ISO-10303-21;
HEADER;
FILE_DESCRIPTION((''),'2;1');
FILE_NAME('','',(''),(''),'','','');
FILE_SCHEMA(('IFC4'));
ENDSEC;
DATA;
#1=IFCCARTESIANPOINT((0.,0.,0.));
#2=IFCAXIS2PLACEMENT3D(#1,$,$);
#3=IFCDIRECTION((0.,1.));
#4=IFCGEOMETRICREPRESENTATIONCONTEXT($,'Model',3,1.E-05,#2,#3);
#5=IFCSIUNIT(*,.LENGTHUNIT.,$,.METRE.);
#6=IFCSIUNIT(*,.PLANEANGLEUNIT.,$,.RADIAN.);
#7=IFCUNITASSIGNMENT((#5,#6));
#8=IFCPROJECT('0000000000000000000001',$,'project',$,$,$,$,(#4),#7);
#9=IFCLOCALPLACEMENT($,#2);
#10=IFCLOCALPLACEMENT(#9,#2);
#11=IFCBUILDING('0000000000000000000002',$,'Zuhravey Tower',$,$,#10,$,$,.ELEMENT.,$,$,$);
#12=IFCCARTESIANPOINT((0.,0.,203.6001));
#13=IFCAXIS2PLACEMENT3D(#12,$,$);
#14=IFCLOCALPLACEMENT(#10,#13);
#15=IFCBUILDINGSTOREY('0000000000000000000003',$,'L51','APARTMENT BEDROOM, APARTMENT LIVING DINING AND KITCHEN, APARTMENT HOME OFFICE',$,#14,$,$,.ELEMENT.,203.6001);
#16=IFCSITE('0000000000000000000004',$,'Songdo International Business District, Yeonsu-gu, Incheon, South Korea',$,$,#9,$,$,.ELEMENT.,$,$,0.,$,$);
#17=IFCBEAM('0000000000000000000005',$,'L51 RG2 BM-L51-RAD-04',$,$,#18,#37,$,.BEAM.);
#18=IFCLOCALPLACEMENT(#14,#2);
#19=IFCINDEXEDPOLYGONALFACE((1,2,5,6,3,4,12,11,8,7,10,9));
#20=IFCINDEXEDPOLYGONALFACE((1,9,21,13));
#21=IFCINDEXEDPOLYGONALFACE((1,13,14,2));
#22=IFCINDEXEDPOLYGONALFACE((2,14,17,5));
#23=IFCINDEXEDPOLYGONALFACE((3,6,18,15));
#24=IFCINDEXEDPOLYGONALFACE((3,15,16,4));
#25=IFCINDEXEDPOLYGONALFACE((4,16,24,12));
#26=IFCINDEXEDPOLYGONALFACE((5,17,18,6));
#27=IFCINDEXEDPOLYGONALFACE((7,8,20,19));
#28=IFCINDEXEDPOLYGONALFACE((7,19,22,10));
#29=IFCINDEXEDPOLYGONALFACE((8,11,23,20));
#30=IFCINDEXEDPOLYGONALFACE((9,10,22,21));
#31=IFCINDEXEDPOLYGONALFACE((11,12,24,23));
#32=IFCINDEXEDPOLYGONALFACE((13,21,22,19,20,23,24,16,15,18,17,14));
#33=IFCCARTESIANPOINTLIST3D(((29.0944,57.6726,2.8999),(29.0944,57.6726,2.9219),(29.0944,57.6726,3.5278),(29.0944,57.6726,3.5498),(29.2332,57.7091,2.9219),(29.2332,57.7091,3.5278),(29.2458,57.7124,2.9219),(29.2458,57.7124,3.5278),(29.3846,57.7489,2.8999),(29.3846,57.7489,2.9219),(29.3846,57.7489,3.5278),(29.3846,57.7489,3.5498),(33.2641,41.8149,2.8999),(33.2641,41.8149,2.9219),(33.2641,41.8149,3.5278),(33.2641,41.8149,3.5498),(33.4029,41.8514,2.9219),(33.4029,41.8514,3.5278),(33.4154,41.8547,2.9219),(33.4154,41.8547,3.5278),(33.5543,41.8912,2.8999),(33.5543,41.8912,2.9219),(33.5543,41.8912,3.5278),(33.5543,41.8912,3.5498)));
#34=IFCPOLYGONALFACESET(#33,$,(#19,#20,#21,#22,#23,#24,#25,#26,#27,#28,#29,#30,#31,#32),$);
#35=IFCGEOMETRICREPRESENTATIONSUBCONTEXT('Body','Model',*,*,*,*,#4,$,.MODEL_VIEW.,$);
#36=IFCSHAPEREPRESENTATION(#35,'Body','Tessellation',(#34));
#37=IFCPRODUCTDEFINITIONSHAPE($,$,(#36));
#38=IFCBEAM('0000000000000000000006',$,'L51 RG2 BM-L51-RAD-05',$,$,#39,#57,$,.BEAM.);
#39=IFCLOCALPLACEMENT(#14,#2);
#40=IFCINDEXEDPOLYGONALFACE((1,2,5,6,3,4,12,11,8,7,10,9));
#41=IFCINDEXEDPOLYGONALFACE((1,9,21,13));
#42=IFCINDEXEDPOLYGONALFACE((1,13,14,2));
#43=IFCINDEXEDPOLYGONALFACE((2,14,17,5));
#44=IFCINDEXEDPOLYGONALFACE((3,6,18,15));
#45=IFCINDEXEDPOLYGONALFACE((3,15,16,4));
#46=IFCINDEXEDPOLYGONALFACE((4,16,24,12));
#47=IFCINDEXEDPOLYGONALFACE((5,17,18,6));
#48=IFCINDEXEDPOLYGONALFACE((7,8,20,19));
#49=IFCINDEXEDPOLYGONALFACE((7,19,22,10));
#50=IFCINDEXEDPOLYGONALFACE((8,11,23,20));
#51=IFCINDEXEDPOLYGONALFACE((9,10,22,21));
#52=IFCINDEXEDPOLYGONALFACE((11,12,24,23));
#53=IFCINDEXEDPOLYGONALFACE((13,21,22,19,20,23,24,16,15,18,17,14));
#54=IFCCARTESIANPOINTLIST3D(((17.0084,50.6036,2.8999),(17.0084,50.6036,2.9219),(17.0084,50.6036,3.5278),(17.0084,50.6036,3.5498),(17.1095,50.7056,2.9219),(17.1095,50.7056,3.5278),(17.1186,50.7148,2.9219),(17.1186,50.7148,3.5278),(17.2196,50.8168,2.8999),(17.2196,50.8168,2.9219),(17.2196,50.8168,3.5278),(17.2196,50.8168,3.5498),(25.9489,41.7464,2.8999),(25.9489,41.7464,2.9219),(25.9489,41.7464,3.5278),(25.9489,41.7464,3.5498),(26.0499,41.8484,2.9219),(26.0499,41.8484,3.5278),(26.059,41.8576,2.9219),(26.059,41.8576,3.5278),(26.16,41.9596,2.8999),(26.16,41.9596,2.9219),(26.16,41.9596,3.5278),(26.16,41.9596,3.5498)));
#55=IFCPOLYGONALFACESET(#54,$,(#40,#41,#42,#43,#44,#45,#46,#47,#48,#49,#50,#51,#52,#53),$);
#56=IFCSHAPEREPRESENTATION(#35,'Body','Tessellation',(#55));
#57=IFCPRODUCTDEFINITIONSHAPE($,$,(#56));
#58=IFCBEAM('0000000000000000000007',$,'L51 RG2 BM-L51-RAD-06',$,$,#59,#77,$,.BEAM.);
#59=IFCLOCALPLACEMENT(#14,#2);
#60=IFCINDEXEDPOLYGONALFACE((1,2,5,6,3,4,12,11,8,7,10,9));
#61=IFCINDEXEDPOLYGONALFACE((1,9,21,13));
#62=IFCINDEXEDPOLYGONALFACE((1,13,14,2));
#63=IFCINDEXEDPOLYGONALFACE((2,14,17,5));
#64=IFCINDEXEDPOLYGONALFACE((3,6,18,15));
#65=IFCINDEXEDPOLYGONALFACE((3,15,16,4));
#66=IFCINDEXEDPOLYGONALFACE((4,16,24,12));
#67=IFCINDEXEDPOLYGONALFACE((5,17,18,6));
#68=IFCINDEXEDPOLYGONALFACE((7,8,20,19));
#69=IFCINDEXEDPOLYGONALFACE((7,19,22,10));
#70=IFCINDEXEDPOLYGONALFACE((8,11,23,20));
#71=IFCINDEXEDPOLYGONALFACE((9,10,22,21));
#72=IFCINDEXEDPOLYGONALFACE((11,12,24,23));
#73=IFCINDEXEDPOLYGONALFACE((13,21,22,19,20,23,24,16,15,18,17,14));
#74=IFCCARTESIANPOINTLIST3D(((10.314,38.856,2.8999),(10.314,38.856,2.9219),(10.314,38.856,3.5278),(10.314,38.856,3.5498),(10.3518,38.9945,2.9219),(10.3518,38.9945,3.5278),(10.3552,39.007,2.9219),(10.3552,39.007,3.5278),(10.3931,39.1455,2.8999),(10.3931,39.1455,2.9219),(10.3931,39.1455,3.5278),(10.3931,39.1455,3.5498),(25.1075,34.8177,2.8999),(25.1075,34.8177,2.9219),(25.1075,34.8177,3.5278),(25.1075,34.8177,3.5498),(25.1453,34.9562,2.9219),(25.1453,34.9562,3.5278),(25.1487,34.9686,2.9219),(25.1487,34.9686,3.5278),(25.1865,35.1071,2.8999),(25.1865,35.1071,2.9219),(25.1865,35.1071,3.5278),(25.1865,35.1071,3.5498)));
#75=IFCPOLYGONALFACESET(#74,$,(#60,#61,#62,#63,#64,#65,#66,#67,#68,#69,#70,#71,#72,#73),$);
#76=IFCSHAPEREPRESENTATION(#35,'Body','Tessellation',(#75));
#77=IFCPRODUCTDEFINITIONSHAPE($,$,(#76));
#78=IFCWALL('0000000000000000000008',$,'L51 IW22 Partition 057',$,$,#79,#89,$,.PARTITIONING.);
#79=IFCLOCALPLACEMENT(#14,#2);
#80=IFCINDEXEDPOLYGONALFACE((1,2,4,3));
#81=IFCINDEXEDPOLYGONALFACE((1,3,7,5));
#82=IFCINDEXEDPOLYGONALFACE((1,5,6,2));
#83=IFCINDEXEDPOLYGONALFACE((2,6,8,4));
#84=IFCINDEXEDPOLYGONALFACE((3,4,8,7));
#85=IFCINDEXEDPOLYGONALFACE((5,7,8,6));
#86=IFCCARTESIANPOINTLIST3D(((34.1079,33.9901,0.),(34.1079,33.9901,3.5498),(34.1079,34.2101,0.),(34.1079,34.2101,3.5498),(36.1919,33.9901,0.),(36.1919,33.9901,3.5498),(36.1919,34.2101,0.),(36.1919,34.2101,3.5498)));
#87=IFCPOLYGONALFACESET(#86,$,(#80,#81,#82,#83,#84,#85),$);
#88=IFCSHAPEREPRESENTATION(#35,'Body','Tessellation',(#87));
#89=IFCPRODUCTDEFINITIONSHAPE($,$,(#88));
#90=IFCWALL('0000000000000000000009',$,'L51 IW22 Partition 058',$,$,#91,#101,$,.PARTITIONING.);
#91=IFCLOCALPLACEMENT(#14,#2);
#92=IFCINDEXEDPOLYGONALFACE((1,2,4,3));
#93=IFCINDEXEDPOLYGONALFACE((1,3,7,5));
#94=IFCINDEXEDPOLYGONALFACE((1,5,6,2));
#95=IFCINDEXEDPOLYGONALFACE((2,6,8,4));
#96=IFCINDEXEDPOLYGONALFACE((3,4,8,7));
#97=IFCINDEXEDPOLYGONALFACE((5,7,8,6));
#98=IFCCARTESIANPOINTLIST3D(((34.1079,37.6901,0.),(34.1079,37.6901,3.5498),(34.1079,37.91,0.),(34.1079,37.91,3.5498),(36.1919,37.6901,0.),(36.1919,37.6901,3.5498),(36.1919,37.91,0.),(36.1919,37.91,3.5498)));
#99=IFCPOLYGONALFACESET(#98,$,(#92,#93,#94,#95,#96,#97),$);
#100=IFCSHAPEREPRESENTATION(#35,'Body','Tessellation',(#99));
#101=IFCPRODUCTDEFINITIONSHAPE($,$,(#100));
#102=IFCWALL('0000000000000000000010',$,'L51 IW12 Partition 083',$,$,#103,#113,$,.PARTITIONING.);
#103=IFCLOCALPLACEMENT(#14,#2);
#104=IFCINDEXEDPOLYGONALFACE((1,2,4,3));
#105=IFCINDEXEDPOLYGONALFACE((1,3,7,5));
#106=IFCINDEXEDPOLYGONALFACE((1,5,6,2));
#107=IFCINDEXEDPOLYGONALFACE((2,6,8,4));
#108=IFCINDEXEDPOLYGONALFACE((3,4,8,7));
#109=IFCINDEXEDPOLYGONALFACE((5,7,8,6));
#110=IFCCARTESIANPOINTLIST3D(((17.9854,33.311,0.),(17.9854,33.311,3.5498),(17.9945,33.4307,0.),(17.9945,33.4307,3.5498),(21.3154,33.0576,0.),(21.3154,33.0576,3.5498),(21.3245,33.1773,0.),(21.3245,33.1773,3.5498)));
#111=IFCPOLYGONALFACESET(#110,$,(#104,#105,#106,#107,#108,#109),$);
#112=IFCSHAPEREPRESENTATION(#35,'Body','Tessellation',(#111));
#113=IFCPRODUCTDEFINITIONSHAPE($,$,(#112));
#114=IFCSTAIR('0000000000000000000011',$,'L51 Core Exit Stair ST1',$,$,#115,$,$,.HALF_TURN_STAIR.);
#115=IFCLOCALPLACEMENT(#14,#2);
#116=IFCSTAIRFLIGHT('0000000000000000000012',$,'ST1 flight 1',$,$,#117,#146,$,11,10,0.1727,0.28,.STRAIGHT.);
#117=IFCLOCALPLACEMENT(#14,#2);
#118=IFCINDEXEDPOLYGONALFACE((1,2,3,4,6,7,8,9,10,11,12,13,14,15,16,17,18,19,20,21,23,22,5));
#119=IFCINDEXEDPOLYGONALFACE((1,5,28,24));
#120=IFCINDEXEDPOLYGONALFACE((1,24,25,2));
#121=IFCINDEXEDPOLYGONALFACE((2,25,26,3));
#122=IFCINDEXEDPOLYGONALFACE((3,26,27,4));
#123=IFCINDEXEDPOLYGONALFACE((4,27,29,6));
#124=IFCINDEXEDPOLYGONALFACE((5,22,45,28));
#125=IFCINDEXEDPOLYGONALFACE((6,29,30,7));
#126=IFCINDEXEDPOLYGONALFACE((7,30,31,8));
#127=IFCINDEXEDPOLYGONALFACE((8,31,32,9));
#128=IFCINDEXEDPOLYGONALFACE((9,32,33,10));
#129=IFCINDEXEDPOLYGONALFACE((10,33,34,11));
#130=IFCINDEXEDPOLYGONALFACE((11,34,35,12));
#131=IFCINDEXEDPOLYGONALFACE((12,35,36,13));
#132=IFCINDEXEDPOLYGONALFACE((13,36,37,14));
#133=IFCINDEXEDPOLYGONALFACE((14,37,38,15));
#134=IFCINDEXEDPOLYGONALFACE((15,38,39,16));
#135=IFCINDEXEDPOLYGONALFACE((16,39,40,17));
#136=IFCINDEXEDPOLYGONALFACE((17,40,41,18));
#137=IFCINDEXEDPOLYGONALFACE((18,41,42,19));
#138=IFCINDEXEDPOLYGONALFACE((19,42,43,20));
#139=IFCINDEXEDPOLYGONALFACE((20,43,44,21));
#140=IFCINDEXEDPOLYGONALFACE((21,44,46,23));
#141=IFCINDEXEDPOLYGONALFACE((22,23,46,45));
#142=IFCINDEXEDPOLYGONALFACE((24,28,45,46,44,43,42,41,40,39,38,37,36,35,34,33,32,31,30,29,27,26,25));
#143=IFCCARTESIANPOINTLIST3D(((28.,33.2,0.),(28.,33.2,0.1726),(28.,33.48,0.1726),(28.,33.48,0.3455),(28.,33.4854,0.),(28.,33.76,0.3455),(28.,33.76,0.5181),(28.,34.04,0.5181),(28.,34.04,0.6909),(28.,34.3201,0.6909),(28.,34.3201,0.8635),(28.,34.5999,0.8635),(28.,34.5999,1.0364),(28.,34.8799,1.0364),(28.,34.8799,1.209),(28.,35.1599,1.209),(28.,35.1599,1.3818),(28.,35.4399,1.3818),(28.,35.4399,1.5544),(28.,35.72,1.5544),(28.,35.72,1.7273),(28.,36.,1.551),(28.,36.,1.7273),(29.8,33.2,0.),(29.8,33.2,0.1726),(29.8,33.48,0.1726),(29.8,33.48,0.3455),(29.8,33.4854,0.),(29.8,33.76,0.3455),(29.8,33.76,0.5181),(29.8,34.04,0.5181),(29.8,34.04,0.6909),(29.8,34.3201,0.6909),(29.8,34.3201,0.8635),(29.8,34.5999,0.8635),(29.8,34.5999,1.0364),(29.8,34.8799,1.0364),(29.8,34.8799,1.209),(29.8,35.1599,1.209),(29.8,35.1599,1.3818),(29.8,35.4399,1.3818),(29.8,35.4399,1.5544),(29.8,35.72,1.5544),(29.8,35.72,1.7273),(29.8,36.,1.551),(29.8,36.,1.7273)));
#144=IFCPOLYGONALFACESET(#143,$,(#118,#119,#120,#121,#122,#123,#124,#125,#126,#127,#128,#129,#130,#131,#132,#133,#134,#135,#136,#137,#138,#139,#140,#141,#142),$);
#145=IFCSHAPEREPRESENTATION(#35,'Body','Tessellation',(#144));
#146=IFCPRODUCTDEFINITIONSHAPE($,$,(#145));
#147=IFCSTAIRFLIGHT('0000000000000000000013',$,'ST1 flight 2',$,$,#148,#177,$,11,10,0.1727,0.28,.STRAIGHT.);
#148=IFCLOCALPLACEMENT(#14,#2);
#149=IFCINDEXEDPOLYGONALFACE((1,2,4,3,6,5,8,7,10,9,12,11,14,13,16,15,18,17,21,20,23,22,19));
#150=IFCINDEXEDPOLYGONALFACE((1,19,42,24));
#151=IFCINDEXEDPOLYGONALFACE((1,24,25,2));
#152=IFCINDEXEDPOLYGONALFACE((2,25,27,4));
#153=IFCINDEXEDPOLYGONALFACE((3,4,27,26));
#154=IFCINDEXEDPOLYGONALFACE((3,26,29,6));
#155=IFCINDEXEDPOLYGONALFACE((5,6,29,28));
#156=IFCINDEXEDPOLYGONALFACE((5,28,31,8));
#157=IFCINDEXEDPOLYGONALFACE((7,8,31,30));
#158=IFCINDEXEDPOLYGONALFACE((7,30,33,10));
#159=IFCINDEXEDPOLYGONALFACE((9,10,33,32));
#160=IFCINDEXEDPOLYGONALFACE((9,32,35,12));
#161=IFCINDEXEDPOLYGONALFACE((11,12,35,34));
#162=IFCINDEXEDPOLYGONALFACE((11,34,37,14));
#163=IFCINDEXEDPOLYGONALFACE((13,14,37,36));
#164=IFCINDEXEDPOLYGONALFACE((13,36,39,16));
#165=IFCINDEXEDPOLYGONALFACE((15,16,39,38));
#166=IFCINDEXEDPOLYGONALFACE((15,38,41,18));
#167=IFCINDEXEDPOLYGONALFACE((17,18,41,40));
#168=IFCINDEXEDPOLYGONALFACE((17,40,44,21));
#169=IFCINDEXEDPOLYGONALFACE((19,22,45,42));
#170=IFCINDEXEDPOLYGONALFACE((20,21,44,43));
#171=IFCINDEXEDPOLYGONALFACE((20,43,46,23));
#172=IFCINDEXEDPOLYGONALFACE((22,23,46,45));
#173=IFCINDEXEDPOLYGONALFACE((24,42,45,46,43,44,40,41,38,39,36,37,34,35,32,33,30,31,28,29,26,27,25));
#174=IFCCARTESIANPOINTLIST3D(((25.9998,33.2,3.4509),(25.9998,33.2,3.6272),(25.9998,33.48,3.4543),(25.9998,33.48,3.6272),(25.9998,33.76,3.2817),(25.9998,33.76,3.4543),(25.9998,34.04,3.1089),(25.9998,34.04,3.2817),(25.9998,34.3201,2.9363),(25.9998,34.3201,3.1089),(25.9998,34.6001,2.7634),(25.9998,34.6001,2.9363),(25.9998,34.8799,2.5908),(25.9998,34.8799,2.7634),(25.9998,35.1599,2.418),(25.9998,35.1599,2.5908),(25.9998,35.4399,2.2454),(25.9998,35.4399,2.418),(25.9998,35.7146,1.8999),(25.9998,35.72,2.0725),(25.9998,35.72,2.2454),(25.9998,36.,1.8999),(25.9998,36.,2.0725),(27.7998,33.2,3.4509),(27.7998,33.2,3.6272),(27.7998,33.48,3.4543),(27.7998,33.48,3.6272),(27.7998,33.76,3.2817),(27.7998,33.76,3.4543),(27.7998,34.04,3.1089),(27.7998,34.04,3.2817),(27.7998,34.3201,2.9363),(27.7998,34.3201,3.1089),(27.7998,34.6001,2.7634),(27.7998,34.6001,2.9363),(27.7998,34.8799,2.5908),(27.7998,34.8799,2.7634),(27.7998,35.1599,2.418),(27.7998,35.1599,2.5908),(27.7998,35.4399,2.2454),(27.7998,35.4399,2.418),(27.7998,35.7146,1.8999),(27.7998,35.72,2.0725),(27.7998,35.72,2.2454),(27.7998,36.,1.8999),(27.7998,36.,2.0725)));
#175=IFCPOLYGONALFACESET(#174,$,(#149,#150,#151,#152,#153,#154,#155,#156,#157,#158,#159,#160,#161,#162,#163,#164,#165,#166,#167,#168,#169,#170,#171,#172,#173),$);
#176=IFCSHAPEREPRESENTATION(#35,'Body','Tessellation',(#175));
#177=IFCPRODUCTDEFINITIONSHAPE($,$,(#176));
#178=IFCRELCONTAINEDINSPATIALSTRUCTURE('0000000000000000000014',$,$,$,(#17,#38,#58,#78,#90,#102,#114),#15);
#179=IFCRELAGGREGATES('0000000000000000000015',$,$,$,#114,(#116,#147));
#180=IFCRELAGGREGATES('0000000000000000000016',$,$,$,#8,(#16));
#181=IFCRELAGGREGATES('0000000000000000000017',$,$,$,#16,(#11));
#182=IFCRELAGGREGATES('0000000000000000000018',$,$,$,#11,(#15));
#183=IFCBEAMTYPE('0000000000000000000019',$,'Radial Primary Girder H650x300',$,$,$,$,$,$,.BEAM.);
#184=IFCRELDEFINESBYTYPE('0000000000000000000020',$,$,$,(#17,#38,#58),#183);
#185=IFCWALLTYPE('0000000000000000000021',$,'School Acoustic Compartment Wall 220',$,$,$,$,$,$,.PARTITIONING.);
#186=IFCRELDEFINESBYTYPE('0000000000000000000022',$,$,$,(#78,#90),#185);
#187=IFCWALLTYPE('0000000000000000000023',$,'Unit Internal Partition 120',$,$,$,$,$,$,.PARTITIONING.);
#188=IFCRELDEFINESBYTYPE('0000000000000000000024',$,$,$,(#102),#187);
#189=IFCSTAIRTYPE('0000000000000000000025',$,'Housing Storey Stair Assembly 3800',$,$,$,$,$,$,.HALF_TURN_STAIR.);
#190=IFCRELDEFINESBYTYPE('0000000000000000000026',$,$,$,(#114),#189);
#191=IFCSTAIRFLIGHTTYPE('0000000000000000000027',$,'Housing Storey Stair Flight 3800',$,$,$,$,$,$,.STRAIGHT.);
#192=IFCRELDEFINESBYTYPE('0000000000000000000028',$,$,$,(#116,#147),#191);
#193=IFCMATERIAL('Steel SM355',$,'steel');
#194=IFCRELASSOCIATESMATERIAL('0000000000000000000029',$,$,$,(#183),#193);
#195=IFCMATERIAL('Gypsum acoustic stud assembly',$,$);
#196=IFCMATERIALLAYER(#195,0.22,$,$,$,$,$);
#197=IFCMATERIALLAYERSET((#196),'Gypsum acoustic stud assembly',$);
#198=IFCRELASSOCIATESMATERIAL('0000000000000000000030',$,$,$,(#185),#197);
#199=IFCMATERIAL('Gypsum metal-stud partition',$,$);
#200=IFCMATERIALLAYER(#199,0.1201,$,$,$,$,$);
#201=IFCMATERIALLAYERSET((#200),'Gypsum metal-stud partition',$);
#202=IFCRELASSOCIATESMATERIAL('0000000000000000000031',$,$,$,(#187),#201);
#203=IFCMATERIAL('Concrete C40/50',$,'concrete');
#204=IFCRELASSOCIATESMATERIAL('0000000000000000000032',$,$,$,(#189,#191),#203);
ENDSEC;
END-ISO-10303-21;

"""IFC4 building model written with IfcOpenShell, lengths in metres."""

from ifc_helpers import new_model, si_unit, direction, frame, frame_2d, origin, origin_2d, place, context, subcontext, project, spatial, polyline, rectangle, i_section, outline, extrude, material, layer, layer_set, material_profile, profile_set, type_object, element, aggregate, save


model = new_model("IFC4")

# Units and contexts
model_context = context("Model", 3, precision=1e-05, world=origin(), true_north=direction((0.0, 1.0)))
body_context = subcontext(model_context, "Body", "Model", "MODEL_VIEW")
ifc_project = project(units=[si_unit("LENGTHUNIT", "METRE"), si_unit("PLANEANGLEUNIT", "RADIAN")], contexts=[model_context])

# Site, building, storey
site_placement = place(None, origin())
site = spatial("IfcSite", under=ifc_project, at=site_placement, Name="Songdo International Business District, Yeonsu-gu, Incheon, South Korea", CompositionType="ELEMENT", RefElevation=0.0)
building_placement = place(site_placement, origin())
building = spatial("IfcBuilding", under=site, at=building_placement, Name="Zuhravey Tower", CompositionType="ELEMENT")
storey_placement = place(building_placement, frame((0.0, 0.0, 203.6001)))
storey = spatial("IfcBuildingStorey", under=building, at=storey_placement, Name="L51", Description="APARTMENT BEDROOM, APARTMENT LIVING DINING AND KITCHEN, APARTMENT HOME OFFICE", CompositionType="ELEMENT", Elevation=203.6001)

# Beams
ifc_material_1 = material(Name="Steel SM355", Category="steel")
ifc_material_profile = material_profile(ifc_material_1, i_section(OverallWidth=0.3, OverallDepth=0.6499, WebThickness=0.0129, FlangeThickness=0.022, at=origin_2d()), Name="H-650x300x13x22")
ifc_profile_set = profile_set([ifc_material_profile], Name="Steel SM355")
beam_type = type_object("IfcBeamType", Name="Radial Primary Girder H650x300", PredefinedType="BEAM", material=ifc_profile_set)
beam_1_placement = place(storey_placement, frame((33.4092, 41.853, 3.2249), z_axis=(-0.2543, 0.967125, 0.0), x_axis=(-0.967125, -0.2543, 0.0)))
element("IfcBeam", 1, at=beam_1_placement, inside=storey, type_object=beam_type, Name="L51 RG2 BM-L51-RAD-04", PredefinedType="BEAM", context=body_context, shape_type="SweptSolid", body=[
    extrude(i_section(OverallWidth=0.3, OverallDepth=0.6499, WebThickness=0.0129, FlangeThickness=0.022, at=origin_2d()), origin(), (0.0, 0.0, 1.0), 16.3967),
])
beam_2_placement = place(storey_placement, frame((26.0544, 41.853, 3.2249), z_axis=(-0.710407, 0.703791, 0.0), x_axis=(-0.703791, -0.710407, 0.0)))
element("IfcBeam", 2, at=beam_2_placement, inside=storey, type_object=beam_type, Name="L51 RG2 BM-L51-RAD-05", PredefinedType="BEAM", context=body_context, shape_type="SweptSolid", body=[
    extrude(i_section(OverallWidth=0.3, OverallDepth=0.6499, WebThickness=0.0129, FlangeThickness=0.022, at=origin_2d()), origin(), (0.0, 0.0, 1.0), 12.585),
])
beam_3_placement = place(storey_placement, frame((25.147, 34.9624, 3.2249), z_axis=(-0.964702, 0.263345, 0.0), x_axis=(-0.263345, -0.964702, 0.0)))
element("IfcBeam", 3, at=beam_3_placement, inside=storey, type_object=beam_type, Name="L51 RG2 BM-L51-RAD-06", PredefinedType="BEAM", context=body_context, shape_type="SweptSolid", body=[
    extrude(i_section(OverallWidth=0.3, OverallDepth=0.6499, WebThickness=0.0129, FlangeThickness=0.022, at=origin_2d()), origin(), (0.0, 0.0, 1.0), 15.3347),
])

# Walls
ifc_material_2 = material(Name="Gypsum acoustic stud assembly")
ifc_layer_1 = layer(ifc_material_2, 0.22)
ifc_layer_set_1 = layer_set([ifc_layer_1], Name="Gypsum acoustic stud assembly")
wall_type_1 = type_object("IfcWallType", Name="School Acoustic Compartment Wall 220", PredefinedType="PARTITIONING", material=ifc_layer_set_1)
for number, where, z_axis, x_axis, name in (
    (4, (34.1079, 34.1001, 0.0), (0.0, 0.0, 1.0), (1.0, 0.0, 0.0), "L51 IW22 Partition 057"),
    (5, (34.1079, 37.8, 0.0), (0.0, 0.0, 1.0), (1.0, 0.0, 0.0), "L51 IW22 Partition 058"),
):
    element("IfcWall", number, at=place(storey_placement, frame(where, z_axis=z_axis, x_axis=x_axis)), inside=storey, type_object=wall_type_1, Name=name, PredefinedType="PARTITIONING", context=body_context, shape_type="SweptSolid", body=[
        extrude(rectangle(XDim=2.084, YDim=0.22, at=frame_2d((1.042, 0.0))), origin(), (0.0, 0.0, 1.0), 3.5498),
    ])
ifc_material_3 = material(Name="Gypsum metal-stud partition")
ifc_layer_2 = layer(ifc_material_3, 0.1201)
ifc_layer_set_2 = layer_set([ifc_layer_2], Name="Gypsum metal-stud partition")
wall_type_2 = type_object("IfcWallType", Name="Unit Internal Partition 120", PredefinedType="PARTITIONING", material=ifc_layer_set_2)
wall_1_placement = place(storey_placement, frame((21.3201, 33.1174, 0.0), z_axis=(0.0, 0.0, 1.0), x_axis=(-0.997117, 0.07588, 0.0)))
element("IfcWall", 6, at=wall_1_placement, inside=storey, type_object=wall_type_2, Name="L51 IW12 Partition 083", PredefinedType="PARTITIONING", context=body_context, shape_type="SweptSolid", body=[
    extrude(rectangle(XDim=3.3396, YDim=0.1201, at=frame_2d((1.6699, 0.0))), origin(), (0.0, 0.0, 1.0), 3.5498),
])

# Stair, stair flights
ifc_material_4 = material(Name="Concrete C40/50", Category="concrete")
stair_type = type_object("IfcStairType", Name="Housing Storey Stair Assembly 3800", PredefinedType="HALF_TURN_STAIR", material=ifc_material_4)
stair_1_placement = place(storey_placement, origin())
stair_1 = element("IfcStair", 7, at=stair_1_placement, inside=storey, type_object=stair_type, Name="L51 Core Exit Stair ST1", PredefinedType="HALF_TURN_STAIR")
stair_flight_type = type_object("IfcStairFlightType", Name="Housing Storey Stair Flight 3800", PredefinedType="STRAIGHT", material=ifc_material_4)
stair_flight_1_placement = place(storey_placement, frame((28.8999, 33.2, 0.0), z_axis=(0.0, 0.0, 1.0), x_axis=(0.0, 1.0, 0.0)))
stair_flight_1 = element("IfcStairFlight", 8, at=stair_flight_1_placement, type_object=stair_flight_type, Name="ST1 flight 1", NumberOfRisers=11, NumberOfTreads=10, PredefinedType="STRAIGHT", RiserHeight=0.1727, TreadLength=0.28, context=body_context, shape_type="SweptSolid", body=[
    extrude(outline(polyline([(0.0, 0.0), (0.0, 0.1726), (0.28, 0.1726), (0.28, 0.3455), (0.5601, 0.3455), (0.5601, 0.5181), (0.8401, 0.5181), (0.8401, 0.6909), (1.1201, 0.6909), (1.1201, 0.8635), (1.3999, 0.8635), (1.3999, 1.0364), (1.6799, 1.0364), (1.6799, 1.209), (1.96, 1.209), (1.96, 1.3818), (2.24, 1.3818), (2.24, 1.5544), (2.52, 1.5544), (2.52, 1.7273), (2.8, 1.7273), (2.8, 1.8999), (2.8, 1.551), (0.2854, 0.0), (0.0, 0.0)])), frame((0.0, 0.8999, 0.0), z_axis=(0.0, -1.0, 0.0), x_axis=(1.0, 0.0, 0.0)), (0.0, 0.0, 1.0), 1.8),
])
stair_flight_2_placement = place(storey_placement, frame((26.8999, 36.0, 1.8999), z_axis=(0.0, 0.0, 1.0), x_axis=(0.0, -1.0, 0.0)))
stair_flight_2 = element("IfcStairFlight", 9, at=stair_flight_2_placement, type_object=stair_flight_type, Name="ST1 flight 2", NumberOfRisers=11, NumberOfTreads=10, PredefinedType="STRAIGHT", RiserHeight=0.1727, TreadLength=0.28, context=body_context, shape_type="SweptSolid", body=[
    extrude(outline(polyline([(0.0, 0.0), (0.0, 0.1726), (0.28, 0.1726), (0.28, 0.3455), (0.5601, 0.3455), (0.5601, 0.5181), (0.8401, 0.5181), (0.8401, 0.6909), (1.1201, 0.6909), (1.1201, 0.8635), (1.3999, 0.8635), (1.3999, 1.0364), (1.6799, 1.0364), (1.6799, 1.209), (1.96, 1.209), (1.96, 1.3818), (2.24, 1.3818), (2.24, 1.5544), (2.52, 1.5544), (2.52, 1.7273), (2.8, 1.7273), (2.8, 1.8999), (2.8, 1.551), (0.2854, 0.0), (0.0, 0.0)])), frame((0.0, 0.8999, 0.0), z_axis=(0.0, -1.0, 0.0), x_axis=(1.0, 0.0, 0.0)), (0.0, 0.0, 1.0), 1.8),
])
aggregate(stair_1, [stair_flight_1, stair_flight_2])

save(model, "model.ifc")
